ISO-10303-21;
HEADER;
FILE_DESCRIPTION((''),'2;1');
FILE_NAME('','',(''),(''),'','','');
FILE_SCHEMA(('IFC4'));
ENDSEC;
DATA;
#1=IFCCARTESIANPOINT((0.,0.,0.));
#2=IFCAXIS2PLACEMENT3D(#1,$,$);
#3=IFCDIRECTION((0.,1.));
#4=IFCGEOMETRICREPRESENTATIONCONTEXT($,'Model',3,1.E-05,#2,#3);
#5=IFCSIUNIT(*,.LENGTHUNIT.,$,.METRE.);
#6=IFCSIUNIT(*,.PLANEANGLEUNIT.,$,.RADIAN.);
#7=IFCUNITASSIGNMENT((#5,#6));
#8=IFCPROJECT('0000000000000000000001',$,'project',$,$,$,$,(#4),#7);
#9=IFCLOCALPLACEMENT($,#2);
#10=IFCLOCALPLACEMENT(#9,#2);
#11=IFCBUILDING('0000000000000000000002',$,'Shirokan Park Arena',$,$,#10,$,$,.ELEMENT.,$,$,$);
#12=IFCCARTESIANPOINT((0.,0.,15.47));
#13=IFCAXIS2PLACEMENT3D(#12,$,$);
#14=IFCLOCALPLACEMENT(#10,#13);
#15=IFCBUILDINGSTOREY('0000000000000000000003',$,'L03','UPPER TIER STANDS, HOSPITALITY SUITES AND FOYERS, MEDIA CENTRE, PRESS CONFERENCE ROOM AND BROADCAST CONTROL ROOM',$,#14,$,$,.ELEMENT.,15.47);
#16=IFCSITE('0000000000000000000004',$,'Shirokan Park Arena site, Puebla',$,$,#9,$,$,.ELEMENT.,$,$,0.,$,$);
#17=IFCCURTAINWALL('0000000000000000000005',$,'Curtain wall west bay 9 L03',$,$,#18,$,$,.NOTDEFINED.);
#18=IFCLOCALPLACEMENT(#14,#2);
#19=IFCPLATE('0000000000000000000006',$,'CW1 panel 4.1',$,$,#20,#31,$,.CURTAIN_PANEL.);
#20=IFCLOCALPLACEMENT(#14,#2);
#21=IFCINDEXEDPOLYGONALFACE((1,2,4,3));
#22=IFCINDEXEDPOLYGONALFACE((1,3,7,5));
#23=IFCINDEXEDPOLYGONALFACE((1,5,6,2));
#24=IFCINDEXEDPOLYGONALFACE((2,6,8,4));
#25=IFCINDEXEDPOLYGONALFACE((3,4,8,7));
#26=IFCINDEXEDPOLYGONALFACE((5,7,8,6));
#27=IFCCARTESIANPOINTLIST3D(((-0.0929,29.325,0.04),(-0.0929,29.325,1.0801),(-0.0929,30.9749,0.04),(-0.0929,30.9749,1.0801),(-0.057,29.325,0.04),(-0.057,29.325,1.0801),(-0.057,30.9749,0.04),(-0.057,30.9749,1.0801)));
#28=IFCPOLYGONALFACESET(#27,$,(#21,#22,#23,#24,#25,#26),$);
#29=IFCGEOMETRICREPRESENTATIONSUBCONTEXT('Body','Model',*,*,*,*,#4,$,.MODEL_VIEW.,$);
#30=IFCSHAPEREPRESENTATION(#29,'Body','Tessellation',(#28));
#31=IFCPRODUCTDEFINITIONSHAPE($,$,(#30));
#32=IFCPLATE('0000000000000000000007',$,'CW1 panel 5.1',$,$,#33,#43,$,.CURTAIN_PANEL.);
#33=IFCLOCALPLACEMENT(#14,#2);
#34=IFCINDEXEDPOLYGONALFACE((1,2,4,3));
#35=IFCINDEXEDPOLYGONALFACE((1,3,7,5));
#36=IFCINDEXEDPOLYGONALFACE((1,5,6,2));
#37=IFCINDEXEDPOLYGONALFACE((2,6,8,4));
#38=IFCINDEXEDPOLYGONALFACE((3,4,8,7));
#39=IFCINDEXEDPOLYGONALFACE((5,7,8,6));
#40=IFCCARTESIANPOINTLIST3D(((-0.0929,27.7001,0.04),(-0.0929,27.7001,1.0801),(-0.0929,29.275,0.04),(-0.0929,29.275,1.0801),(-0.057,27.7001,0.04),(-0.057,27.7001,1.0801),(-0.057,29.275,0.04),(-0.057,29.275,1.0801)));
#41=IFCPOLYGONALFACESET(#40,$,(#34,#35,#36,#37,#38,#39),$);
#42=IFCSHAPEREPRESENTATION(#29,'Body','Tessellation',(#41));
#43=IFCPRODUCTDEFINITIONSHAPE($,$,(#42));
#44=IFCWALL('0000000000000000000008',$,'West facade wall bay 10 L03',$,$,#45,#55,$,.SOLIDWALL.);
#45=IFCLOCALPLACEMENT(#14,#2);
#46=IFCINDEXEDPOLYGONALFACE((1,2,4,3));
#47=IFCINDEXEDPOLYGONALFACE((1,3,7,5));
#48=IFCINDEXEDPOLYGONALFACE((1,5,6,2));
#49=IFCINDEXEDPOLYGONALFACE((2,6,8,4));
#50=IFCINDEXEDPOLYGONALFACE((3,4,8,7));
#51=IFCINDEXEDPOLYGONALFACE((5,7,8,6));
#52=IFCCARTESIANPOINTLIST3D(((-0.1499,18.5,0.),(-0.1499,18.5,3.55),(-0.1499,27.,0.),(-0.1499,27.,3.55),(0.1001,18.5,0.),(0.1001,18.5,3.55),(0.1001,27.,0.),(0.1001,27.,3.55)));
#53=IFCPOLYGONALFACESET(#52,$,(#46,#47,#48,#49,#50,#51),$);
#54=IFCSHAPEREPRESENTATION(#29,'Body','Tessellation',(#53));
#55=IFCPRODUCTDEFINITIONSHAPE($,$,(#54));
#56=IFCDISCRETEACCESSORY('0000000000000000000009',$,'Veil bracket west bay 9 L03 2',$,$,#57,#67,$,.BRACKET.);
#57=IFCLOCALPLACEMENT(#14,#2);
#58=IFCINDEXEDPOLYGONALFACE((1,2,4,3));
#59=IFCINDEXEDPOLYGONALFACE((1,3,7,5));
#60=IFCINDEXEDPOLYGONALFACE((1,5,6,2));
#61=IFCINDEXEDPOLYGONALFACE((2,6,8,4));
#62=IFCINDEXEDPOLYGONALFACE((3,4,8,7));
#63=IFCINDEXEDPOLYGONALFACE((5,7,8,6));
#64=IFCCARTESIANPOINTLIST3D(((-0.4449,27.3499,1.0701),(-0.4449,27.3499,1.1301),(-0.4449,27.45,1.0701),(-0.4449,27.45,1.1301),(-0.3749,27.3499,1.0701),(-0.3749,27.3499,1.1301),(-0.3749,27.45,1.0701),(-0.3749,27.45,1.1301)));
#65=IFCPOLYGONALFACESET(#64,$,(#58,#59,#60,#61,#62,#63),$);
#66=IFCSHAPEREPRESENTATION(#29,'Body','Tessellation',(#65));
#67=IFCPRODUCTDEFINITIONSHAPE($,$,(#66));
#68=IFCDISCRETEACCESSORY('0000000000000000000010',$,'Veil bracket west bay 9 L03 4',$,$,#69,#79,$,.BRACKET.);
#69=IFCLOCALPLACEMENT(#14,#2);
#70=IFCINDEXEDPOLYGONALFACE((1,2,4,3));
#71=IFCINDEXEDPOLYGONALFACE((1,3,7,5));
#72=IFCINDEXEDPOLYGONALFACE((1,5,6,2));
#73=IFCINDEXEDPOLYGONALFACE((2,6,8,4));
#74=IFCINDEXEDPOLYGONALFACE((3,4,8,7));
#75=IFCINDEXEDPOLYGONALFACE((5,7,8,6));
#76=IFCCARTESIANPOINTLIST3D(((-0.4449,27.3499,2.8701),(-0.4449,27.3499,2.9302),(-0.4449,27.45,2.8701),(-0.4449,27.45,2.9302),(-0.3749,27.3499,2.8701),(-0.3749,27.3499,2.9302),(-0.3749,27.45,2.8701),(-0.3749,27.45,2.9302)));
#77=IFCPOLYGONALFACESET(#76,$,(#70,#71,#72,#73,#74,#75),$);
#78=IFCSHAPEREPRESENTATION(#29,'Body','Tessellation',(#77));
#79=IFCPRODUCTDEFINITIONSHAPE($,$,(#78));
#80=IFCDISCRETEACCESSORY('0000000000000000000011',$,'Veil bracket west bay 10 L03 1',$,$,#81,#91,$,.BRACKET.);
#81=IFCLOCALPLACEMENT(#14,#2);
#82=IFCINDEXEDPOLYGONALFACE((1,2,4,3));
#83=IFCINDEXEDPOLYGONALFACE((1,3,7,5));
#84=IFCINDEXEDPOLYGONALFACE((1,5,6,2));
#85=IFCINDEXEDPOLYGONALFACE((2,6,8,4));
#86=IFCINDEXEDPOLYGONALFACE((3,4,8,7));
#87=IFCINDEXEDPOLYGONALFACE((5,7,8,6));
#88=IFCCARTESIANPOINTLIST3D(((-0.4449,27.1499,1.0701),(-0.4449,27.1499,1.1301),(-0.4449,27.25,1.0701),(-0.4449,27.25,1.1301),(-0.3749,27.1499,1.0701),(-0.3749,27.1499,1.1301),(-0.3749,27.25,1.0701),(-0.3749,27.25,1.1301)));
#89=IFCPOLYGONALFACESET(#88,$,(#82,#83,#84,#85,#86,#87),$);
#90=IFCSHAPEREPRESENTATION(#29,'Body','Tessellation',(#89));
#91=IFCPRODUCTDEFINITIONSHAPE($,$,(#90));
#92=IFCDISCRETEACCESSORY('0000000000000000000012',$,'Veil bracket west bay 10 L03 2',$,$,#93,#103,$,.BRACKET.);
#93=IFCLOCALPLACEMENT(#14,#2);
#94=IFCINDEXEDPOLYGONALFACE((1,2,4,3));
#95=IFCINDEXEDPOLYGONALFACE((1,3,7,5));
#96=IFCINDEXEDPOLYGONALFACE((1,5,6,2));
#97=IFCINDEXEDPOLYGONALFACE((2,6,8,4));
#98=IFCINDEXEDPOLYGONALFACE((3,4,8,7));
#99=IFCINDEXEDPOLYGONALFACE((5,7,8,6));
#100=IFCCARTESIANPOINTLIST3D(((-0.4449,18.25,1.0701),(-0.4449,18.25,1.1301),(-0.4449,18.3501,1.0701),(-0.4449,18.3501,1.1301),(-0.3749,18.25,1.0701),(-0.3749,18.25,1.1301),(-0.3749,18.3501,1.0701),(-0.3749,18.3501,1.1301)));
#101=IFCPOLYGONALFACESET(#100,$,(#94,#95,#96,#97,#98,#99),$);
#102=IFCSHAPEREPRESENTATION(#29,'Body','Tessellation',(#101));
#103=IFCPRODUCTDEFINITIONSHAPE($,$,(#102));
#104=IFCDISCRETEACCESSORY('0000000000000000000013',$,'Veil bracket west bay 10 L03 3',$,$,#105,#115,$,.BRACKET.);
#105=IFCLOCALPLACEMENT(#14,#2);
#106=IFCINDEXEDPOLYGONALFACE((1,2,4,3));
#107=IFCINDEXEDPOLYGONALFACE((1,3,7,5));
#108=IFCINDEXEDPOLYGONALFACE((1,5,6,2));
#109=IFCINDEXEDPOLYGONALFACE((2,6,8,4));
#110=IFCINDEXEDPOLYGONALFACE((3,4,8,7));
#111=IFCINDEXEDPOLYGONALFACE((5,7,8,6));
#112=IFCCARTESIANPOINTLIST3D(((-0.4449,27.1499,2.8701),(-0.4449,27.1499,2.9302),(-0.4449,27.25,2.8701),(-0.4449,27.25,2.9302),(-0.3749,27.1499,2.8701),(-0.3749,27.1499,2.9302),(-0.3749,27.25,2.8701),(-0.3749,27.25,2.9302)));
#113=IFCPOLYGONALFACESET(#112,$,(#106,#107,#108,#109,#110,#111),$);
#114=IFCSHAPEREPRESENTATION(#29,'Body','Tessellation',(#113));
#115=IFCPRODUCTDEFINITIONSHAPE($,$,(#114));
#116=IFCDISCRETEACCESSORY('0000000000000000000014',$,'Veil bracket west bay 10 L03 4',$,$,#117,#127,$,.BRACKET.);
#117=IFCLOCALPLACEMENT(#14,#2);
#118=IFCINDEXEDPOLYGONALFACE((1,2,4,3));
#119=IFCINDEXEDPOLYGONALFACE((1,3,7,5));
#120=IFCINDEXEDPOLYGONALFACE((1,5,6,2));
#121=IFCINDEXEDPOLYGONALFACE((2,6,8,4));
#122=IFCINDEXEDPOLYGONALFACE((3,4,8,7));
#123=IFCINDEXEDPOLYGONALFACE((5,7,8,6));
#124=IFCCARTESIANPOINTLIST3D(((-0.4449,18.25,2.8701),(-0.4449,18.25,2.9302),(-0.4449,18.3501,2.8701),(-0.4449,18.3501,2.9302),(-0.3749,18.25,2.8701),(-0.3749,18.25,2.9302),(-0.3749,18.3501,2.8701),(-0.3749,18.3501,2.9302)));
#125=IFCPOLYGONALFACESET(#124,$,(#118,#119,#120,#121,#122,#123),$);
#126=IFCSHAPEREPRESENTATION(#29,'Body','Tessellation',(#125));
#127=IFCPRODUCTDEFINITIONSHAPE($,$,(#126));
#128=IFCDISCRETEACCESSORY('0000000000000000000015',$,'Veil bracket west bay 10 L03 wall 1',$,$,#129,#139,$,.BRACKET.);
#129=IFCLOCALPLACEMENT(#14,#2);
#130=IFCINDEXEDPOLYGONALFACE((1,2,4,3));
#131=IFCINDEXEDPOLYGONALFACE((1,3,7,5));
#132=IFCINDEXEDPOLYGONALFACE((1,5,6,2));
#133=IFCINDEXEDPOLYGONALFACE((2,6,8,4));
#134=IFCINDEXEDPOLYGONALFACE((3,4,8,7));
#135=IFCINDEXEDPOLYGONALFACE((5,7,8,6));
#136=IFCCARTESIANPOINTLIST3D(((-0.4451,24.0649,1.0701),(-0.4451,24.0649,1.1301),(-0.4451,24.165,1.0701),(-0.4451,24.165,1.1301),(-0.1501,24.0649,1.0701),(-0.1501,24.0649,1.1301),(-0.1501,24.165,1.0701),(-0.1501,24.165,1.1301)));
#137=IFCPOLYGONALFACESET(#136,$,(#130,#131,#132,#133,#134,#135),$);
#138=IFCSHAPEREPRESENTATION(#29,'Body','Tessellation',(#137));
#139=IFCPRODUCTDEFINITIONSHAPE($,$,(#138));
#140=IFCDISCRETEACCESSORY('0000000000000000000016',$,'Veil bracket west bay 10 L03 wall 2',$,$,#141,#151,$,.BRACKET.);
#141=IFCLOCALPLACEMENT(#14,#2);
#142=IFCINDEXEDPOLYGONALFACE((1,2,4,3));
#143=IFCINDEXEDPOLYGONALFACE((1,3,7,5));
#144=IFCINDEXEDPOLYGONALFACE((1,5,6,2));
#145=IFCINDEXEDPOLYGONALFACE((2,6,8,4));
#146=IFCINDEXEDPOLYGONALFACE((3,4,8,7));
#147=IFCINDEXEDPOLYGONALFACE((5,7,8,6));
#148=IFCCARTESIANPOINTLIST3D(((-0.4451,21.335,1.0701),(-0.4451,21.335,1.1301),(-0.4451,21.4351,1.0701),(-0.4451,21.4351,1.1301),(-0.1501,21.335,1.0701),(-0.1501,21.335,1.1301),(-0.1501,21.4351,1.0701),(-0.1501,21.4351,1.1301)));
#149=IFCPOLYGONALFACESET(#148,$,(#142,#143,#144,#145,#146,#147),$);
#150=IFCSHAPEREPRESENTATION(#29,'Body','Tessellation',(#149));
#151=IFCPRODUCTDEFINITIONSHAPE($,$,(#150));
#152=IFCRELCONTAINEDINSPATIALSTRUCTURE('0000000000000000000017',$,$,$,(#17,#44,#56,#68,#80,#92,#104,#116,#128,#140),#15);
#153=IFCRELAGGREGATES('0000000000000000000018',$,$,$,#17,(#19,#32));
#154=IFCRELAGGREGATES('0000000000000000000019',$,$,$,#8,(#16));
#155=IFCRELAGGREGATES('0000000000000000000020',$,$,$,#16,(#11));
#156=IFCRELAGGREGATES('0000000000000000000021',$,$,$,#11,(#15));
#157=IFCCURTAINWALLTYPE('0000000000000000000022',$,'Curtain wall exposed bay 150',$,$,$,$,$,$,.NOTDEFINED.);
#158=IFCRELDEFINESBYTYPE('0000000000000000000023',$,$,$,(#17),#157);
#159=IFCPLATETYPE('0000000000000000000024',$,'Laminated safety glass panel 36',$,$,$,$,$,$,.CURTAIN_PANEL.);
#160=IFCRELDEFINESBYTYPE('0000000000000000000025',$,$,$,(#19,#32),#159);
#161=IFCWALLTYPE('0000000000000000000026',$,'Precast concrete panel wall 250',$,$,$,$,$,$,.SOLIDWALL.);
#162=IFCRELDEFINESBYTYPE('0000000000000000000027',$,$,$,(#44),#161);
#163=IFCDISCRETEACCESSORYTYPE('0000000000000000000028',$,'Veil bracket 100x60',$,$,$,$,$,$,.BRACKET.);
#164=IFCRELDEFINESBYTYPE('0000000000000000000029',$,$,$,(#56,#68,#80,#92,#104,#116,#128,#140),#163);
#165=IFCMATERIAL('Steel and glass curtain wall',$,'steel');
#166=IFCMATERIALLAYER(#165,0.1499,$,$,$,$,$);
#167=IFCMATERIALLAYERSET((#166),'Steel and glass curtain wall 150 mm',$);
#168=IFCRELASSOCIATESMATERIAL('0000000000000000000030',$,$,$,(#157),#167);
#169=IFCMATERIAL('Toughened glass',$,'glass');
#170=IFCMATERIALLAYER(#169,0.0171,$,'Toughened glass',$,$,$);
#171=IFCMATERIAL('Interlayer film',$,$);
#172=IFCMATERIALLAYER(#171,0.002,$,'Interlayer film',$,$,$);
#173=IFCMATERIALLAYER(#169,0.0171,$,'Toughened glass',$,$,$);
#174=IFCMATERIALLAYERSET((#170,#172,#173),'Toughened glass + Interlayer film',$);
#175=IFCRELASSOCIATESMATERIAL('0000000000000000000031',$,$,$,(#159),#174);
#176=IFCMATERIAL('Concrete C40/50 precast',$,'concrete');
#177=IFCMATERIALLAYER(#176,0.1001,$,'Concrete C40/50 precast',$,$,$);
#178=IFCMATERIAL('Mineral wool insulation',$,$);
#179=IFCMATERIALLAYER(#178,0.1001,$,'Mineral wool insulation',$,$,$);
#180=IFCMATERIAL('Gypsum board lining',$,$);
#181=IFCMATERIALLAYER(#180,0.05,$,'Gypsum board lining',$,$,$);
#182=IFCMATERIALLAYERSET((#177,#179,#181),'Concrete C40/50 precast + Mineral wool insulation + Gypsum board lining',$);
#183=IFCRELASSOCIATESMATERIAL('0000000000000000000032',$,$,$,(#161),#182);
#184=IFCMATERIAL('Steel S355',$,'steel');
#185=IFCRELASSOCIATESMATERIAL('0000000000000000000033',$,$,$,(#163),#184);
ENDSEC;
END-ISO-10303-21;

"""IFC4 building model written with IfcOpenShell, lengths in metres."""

from ifc_helpers import new_model, si_unit, direction, frame, frame_2d, origin, origin_2d, place, context, subcontext, project, spatial, rectangle, extrude, material, layer, layer_set, type_object, element, aggregate, save


model = new_model("IFC4")

# Units and contexts
model_context = context("Model", 3, precision=1e-05, world=origin(), true_north=direction((0.0, 1.0)))
body_context = subcontext(model_context, "Body", "Model", "MODEL_VIEW")
ifc_project = project(units=[si_unit("LENGTHUNIT", "METRE"), si_unit("PLANEANGLEUNIT", "RADIAN")], contexts=[model_context])

# Site, building, storey
site_placement = place(None, origin())
site = spatial("IfcSite", under=ifc_project, at=site_placement, Name="Shirokan Park Arena site, Puebla", CompositionType="ELEMENT", RefElevation=0.0)
building_placement = place(site_placement, origin())
building = spatial("IfcBuilding", under=site, at=building_placement, Name="Shirokan Park Arena", CompositionType="ELEMENT")
storey_placement = place(building_placement, frame((0.0, 0.0, 15.47)))
storey = spatial("IfcBuildingStorey", under=building, at=storey_placement, Name="L03", Description="UPPER TIER STANDS, HOSPITALITY SUITES AND FOYERS, MEDIA CENTRE, PRESS CONFERENCE ROOM AND BROADCAST CONTROL ROOM", CompositionType="ELEMENT", Elevation=15.47)

# Curtain wall
ifc_material_1 = material(Name="Steel and glass curtain wall", Category="steel")
ifc_layer_1 = layer(ifc_material_1, 0.1499)
ifc_layer_set_1 = layer_set([ifc_layer_1], Name="Steel and glass curtain wall 150 mm")
curtain_wall_type = type_object("IfcCurtainWallType", Name="Curtain wall exposed bay 150", PredefinedType="NOTDEFINED", material=ifc_layer_set_1)
curtain_wall_placement = place(storey_placement, origin())
curtain_wall = element("IfcCurtainWall", 1, at=curtain_wall_placement, inside=storey, type_object=curtain_wall_type, Name="Curtain wall west bay 9 L03", PredefinedType="NOTDEFINED")
ifc_material_2 = material(Name="Steel S355", Category="steel")

# Plates
ifc_material_3 = material(Name="Mineral wool insulation")
ifc_material_4 = material(Name="Toughened glass", Category="glass")
ifc_material_5 = material(Name="Interlayer film")
ifc_layer_2 = layer(ifc_material_4, 0.0171, Name="Toughened glass")
ifc_layer_3 = layer(ifc_material_5, 0.002, Name="Interlayer film")
ifc_layer_4 = layer(ifc_material_4, 0.0171, Name="Toughened glass")
ifc_layer_set_2 = layer_set([ifc_layer_2, ifc_layer_3, ifc_layer_4], Name="Toughened glass + Interlayer film")
plate_type_1 = type_object("IfcPlateType", Name="Laminated safety glass panel 36", PredefinedType="CURTAIN_PANEL", material=ifc_layer_set_2)
plate_1_placement = place(storey_placement, frame((-0.075, 30.1499, 0.04), z_axis=(0.0, 0.0, 1.0), x_axis=(0.0, -1.0, 0.0)))
plate_1 = element("IfcPlate", 2, at=plate_1_placement, type_object=plate_type_1, Name="CW1 panel 4.1", PredefinedType="CURTAIN_PANEL", context=body_context, shape_type="SweptSolid", body=[
    extrude(rectangle(XDim=1.6499, YDim=0.0359, at=origin_2d()), origin(), (0.0, 0.0, 1.0), 1.04),
])
plate_2_placement = place(storey_placement, frame((-0.075, 28.4875, 0.04), z_axis=(0.0, 0.0, 1.0), x_axis=(0.0, -1.0, 0.0)))
plate_2 = element("IfcPlate", 3, at=plate_2_placement, type_object=plate_type_1, Name="CW1 panel 5.1", PredefinedType="CURTAIN_PANEL", context=body_context, shape_type="SweptSolid", body=[
    extrude(rectangle(XDim=1.575, YDim=0.0359, at=origin_2d()), origin(), (0.0, 0.0, 1.0), 1.04),
])
aggregate(curtain_wall, [plate_1, plate_2])

# Wall
ifc_material_6 = material(Name="Concrete C40/50 precast", Category="concrete")
ifc_layer_5 = layer(ifc_material_6, 0.1001, Name="Concrete C40/50 precast")
ifc_layer_6 = layer(ifc_material_3, 0.1001, Name="Mineral wool insulation")
ifc_material_7 = material(Name="Gypsum board lining")
ifc_layer_7 = layer(ifc_material_7, 0.05, Name="Gypsum board lining")
ifc_layer_set_3 = layer_set([ifc_layer_5, ifc_layer_6, ifc_layer_7], Name="Concrete C40/50 precast + Mineral wool insulation + Gypsum board lining")
wall_type = type_object("IfcWallType", Name="Precast concrete panel wall 250", PredefinedType="SOLIDWALL", material=ifc_layer_set_3)
wall_placement = place(storey_placement, frame((-0.0249, 27.0, 0.0), z_axis=(0.0, 0.0, 1.0), x_axis=(0.0, -1.0, 0.0)))
element("IfcWall", 4, at=wall_placement, inside=storey, type_object=wall_type, Name="West facade wall bay 10 L03", PredefinedType="SOLIDWALL", context=body_context, shape_type="SweptSolid", body=[
    extrude(rectangle(XDim=8.5, YDim=0.25, at=frame_2d((4.25, 0.0))), origin(), (0.0, 0.0, 1.0), 3.55),
])

# Discrete accessories
discrete_accessory_type = type_object("IfcDiscreteAccessoryType", Name="Veil bracket 100x60", PredefinedType="BRACKET", material=ifc_material_2)
for number, where, z_axis, x_axis, name in (
    (5, (-0.4099, 27.3999, 1.0701), (0.0, 0.0, 1.0), (0.0, -1.0, 0.0), "Veil bracket west bay 9 L03 2"),
    (6, (-0.4099, 27.3999, 2.8701), (0.0, 0.0, 1.0), (0.0, -1.0, 0.0), "Veil bracket west bay 9 L03 4"),
    (7, (-0.4099, 27.2, 1.0701), (0.0, 0.0, 1.0), (0.0, -1.0, 0.0), "Veil bracket west bay 10 L03 1"),
    (8, (-0.4099, 18.3, 1.0701), (0.0, 0.0, 1.0), (0.0, -1.0, 0.0), "Veil bracket west bay 10 L03 2"),
    (9, (-0.4099, 27.2, 2.8701), (0.0, 0.0, 1.0), (0.0, -1.0, 0.0), "Veil bracket west bay 10 L03 3"),
    (10, (-0.4099, 18.3, 2.8701), (0.0, 0.0, 1.0), (0.0, -1.0, 0.0), "Veil bracket west bay 10 L03 4"),
):
    element("IfcDiscreteAccessory", number, at=place(storey_placement, frame(where, z_axis=z_axis, x_axis=x_axis)), inside=storey, type_object=discrete_accessory_type, Name=name, PredefinedType="BRACKET", context=body_context, shape_type="SweptSolid", body=[
        extrude(rectangle(XDim=0.1001, YDim=0.0701, at=origin_2d()), origin(), (0.0, 0.0, 1.0), 0.0601),
    ])
for number, where, z_axis, x_axis, name in (
    (11, (-0.2976, 24.115, 1.0701), (0.0, 0.0, 1.0), (0.0, -1.0, 0.0), "Veil bracket west bay 10 L03 wall 1"),
    (12, (-0.2976, 21.385, 1.0701), (0.0, 0.0, 1.0), (0.0, -1.0, 0.0), "Veil bracket west bay 10 L03 wall 2"),
):
    element("IfcDiscreteAccessory", number, at=place(storey_placement, frame(where, z_axis=z_axis, x_axis=x_axis)), inside=storey, type_object=discrete_accessory_type, Name=name, PredefinedType="BRACKET", context=body_context, shape_type="SweptSolid", body=[
        extrude(rectangle(XDim=0.1001, YDim=0.2949, at=origin_2d()), origin(), (0.0, 0.0, 1.0), 0.0601),
    ])

save(model, "model.ifc")
